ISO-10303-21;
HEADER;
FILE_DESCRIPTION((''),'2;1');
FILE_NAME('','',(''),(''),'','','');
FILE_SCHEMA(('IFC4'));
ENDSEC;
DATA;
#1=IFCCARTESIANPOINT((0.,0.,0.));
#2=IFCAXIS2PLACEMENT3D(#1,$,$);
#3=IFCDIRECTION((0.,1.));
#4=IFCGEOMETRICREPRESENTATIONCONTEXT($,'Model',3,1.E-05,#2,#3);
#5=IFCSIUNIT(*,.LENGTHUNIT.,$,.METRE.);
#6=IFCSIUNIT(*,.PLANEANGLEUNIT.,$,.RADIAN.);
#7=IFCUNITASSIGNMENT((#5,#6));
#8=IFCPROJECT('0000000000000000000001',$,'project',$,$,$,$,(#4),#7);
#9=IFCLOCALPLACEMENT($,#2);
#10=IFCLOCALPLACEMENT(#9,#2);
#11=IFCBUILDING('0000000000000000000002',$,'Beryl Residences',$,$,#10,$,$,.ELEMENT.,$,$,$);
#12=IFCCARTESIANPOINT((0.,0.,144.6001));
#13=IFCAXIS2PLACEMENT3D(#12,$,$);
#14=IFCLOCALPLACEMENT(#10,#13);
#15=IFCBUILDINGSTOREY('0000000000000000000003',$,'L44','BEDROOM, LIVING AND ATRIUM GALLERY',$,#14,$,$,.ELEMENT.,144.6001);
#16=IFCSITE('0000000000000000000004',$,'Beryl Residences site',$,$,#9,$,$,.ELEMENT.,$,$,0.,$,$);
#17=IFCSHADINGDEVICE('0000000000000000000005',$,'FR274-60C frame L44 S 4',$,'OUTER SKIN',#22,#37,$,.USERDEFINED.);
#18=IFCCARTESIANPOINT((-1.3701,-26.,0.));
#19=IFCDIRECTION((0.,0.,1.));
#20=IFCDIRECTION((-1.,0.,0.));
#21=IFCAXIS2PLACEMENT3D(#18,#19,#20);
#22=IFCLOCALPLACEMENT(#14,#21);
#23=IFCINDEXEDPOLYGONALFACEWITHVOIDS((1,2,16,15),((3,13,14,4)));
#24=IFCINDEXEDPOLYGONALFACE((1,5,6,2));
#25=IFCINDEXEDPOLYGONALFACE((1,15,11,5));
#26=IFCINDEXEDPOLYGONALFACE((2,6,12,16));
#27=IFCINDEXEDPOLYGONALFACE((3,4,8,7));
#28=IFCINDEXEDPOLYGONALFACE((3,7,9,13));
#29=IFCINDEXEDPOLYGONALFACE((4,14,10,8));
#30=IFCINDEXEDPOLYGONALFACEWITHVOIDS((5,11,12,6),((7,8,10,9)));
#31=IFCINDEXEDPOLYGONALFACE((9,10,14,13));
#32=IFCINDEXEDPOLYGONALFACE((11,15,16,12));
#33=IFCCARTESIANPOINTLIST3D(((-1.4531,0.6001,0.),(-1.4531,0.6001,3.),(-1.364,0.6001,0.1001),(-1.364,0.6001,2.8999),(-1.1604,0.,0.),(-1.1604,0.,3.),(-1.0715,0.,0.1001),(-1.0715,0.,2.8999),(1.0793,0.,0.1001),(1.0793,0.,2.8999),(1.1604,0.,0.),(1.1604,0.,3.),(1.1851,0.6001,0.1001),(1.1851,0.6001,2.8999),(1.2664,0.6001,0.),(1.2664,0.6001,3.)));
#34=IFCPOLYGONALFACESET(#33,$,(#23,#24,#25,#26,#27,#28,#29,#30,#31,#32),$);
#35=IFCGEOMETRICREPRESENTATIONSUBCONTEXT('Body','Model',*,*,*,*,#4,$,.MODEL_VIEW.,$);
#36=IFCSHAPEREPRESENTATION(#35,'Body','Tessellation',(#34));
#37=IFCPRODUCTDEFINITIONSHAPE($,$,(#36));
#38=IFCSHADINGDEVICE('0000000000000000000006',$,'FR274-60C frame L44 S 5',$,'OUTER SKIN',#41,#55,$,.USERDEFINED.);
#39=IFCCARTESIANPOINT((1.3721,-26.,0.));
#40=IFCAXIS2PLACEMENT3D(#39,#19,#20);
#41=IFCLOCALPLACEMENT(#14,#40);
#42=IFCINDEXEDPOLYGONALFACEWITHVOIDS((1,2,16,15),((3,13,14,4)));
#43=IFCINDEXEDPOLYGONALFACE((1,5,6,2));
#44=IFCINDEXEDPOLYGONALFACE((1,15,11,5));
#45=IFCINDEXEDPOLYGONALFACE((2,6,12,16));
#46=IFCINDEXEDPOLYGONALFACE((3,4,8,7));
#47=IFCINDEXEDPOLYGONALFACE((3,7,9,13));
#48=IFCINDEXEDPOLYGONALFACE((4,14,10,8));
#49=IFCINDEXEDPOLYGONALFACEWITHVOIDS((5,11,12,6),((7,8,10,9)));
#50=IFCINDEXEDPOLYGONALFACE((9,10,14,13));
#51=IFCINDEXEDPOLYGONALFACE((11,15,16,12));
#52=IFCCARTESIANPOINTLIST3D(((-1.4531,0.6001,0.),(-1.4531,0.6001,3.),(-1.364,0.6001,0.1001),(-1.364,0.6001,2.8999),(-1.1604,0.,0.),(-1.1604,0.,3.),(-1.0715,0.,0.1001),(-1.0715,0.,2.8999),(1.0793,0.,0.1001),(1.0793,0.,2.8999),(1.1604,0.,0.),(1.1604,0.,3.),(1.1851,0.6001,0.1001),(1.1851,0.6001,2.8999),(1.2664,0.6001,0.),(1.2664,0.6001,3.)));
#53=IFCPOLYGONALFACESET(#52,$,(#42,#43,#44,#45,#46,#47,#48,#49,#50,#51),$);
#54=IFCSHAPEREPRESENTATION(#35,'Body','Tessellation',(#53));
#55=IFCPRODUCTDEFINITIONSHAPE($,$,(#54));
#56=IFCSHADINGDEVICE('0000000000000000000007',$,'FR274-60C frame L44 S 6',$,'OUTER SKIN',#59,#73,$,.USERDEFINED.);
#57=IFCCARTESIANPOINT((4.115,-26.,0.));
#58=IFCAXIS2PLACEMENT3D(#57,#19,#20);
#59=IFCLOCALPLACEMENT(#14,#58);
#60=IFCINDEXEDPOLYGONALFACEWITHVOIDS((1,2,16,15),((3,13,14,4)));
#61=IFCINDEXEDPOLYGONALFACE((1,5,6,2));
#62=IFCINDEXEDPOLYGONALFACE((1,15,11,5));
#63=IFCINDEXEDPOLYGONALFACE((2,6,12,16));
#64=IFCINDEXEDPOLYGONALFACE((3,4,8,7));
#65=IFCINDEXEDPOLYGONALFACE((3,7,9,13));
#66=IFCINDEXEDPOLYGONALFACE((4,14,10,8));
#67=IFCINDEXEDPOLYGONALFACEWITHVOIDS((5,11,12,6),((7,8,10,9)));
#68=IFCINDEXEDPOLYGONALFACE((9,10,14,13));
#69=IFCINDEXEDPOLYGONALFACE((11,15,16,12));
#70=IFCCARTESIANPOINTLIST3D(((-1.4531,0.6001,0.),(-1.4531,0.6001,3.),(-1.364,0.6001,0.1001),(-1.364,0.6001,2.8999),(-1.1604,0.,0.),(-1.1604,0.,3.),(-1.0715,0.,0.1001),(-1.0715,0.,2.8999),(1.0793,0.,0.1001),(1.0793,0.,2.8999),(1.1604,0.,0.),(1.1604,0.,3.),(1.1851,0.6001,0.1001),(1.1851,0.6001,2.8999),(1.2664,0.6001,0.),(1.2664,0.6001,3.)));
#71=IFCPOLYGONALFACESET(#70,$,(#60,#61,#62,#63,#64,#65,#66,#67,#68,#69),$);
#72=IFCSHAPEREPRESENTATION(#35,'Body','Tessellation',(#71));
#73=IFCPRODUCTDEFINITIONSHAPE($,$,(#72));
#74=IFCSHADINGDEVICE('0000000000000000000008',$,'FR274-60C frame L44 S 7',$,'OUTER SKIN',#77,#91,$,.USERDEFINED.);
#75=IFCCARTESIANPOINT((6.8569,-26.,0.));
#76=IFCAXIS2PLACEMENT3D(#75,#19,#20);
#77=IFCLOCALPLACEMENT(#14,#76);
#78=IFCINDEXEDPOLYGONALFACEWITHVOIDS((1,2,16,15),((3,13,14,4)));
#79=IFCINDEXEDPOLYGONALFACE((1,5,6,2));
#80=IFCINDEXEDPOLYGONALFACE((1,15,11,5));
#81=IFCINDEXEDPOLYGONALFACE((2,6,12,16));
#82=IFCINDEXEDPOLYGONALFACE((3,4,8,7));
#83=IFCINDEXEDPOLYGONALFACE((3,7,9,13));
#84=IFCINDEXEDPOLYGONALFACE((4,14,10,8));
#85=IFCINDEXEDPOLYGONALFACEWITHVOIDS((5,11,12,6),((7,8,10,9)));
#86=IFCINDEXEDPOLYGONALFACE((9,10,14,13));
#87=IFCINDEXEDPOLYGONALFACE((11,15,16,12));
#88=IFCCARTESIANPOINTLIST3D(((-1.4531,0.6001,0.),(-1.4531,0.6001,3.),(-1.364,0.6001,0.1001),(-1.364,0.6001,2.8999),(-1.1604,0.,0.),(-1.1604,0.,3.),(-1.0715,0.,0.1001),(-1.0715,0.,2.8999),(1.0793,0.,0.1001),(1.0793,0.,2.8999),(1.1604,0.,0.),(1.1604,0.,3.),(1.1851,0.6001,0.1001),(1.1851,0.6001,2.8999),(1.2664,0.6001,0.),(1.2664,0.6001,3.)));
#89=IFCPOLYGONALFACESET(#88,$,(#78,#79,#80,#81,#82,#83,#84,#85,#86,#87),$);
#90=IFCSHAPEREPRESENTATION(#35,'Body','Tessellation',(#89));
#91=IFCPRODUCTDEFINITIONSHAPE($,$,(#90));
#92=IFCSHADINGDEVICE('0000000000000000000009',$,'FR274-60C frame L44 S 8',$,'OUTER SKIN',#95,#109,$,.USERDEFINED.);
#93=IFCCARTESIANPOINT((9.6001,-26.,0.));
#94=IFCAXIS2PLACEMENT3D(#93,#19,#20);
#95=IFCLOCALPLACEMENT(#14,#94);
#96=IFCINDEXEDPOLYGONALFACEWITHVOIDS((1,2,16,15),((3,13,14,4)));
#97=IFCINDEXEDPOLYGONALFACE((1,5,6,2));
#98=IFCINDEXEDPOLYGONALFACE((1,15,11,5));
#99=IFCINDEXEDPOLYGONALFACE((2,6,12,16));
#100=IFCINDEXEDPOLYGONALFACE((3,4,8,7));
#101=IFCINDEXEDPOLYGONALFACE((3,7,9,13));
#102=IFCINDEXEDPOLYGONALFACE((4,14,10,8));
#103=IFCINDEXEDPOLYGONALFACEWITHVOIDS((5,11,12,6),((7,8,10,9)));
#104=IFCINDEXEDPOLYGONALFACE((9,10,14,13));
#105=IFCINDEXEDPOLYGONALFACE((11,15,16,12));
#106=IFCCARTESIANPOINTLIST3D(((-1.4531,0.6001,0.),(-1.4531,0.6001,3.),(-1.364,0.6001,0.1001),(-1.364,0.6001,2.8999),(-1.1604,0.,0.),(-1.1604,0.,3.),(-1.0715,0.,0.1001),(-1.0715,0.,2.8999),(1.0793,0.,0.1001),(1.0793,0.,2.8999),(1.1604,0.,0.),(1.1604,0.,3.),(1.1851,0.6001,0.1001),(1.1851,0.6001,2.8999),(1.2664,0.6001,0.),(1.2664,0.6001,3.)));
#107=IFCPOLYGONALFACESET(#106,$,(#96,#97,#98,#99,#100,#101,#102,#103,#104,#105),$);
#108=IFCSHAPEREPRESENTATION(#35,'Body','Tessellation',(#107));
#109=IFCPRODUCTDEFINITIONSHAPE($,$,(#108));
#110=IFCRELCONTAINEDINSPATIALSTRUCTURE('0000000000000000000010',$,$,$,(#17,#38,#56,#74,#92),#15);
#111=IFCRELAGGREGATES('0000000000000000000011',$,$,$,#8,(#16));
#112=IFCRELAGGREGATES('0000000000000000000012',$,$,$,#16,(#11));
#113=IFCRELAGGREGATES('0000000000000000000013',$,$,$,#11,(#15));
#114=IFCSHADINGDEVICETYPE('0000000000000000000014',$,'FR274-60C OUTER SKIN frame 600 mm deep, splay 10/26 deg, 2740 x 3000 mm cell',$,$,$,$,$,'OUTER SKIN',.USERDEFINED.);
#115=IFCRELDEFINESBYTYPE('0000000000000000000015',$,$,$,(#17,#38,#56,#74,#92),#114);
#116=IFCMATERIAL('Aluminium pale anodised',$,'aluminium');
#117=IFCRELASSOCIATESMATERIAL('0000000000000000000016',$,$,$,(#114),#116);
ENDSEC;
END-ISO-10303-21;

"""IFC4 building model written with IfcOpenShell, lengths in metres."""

from ifc_helpers import new_model, entity, si_unit, direction, frame, origin, place, context, subcontext, project, spatial, source, transform, mapped, material, type_object, type_shapes, element, save


model = new_model("IFC4")

# Units and contexts
model_context = context("Model", 3, precision=1e-05, world=origin(), true_north=direction((0.0, 1.0)))
body_context = subcontext(model_context, "Body", "Model", "MODEL_VIEW")
ifc_project = project(units=[si_unit("LENGTHUNIT", "METRE"), si_unit("PLANEANGLEUNIT", "RADIAN")], contexts=[model_context])

# Site, building, storey
site_placement = place(None, origin())
site = spatial("IfcSite", under=ifc_project, at=site_placement, Name="Beryl Residences site", CompositionType="ELEMENT", RefElevation=0.0)
building_placement = place(site_placement, origin())
building = spatial("IfcBuilding", under=site, at=building_placement, Name="Beryl Residences", CompositionType="ELEMENT")
storey_placement = place(building_placement, frame((0.0, 0.0, 144.6001)))
storey = spatial("IfcBuildingStorey", under=building, at=storey_placement, Name="L44", Description="BEDROOM, LIVING AND ATRIUM GALLERY", CompositionType="ELEMENT", Elevation=144.6001)

# Shading devices
ifc_material_1 = material(Name="Aluminium pale anodised", Category="aluminium")
shading_device_type = type_object("IfcShadingDeviceType", Name="FR274-60C OUTER SKIN frame 600 mm deep, splay 10/26 deg, 2740 x 3000 mm cell", ElementType="OUTER SKIN", PredefinedType="USERDEFINED", material=ifc_material_1)
cartesian_point_1 = entity("IfcCartesianPoint", [-1.1604, 0.0])
cartesian_point_2 = entity("IfcCartesianPoint", [-1.0793, 0.1001])
cartesian_point_3 = entity("IfcCartesianPoint", [-1.2664, 0.0])
cartesian_point_4 = entity("IfcCartesianPoint", [-1.1851, 0.1001])
shared_shape_1 = source(origin(), body_context, "Body", "SweptSolid", [
    entity("IfcExtrudedAreaSolidTapered", entity("IfcArbitraryProfileDefWithVoids", "AREA", None, entity("IfcPolyline", [cartesian_point_1, entity("IfcCartesianPoint", [1.1604, 0.0]), entity("IfcCartesianPoint", [1.1604, 3.0]), entity("IfcCartesianPoint", [-1.1604, 3.0]), cartesian_point_1]), [entity("IfcPolyline", [cartesian_point_2, entity("IfcCartesianPoint", [1.0715, 0.1001]), entity("IfcCartesianPoint", [1.0715, 2.8999]), entity("IfcCartesianPoint", [-1.0793, 2.8999]), cartesian_point_2])]), entity("IfcAxis2Placement3D", entity("IfcCartesianPoint", [0.0, 0.0, 0.0]), entity("IfcDirection", [0.0, 1.0, 0.0]), entity("IfcDirection", [-1.0, 0.0, 0.0])), entity("IfcDirection", [0.0, 0.0, 1.0]), 0.6001, entity("IfcArbitraryProfileDefWithVoids", "AREA", None, entity("IfcPolyline", [cartesian_point_3, entity("IfcCartesianPoint", [1.4531, 0.0]), entity("IfcCartesianPoint", [1.4531, 3.0]), entity("IfcCartesianPoint", [-1.2664, 3.0]), cartesian_point_3]), [entity("IfcPolyline", [cartesian_point_4, entity("IfcCartesianPoint", [1.364, 0.1001]), entity("IfcCartesianPoint", [1.364, 2.8999]), entity("IfcCartesianPoint", [-1.1851, 2.8999]), cartesian_point_4])])),
])
type_shapes(shading_device_type, [shared_shape_1])
for number, where, z_axis, x_axis, name in (
    (1, (-1.3701, -26.0, 0.0), (0.0, 0.0, 1.0), (-1.0, 0.0, 0.0), "FR274-60C frame L44 S 4"),
    (2, (1.3721, -26.0, 0.0), (0.0, 0.0, 1.0), (-1.0, 0.0, 0.0), "FR274-60C frame L44 S 5"),
    (3, (4.115, -26.0, 0.0), (0.0, 0.0, 1.0), (-1.0, 0.0, 0.0), "FR274-60C frame L44 S 6"),
    (4, (6.8569, -26.0, 0.0), (0.0, 0.0, 1.0), (-1.0, 0.0, 0.0), "FR274-60C frame L44 S 7"),
    (5, (9.6001, -26.0, 0.0), (0.0, 0.0, 1.0), (-1.0, 0.0, 0.0), "FR274-60C frame L44 S 8"),
):
    element("IfcShadingDevice", number, at=place(storey_placement, frame(where, z_axis=z_axis, x_axis=x_axis)), inside=storey, type_object=shading_device_type, Name=name, ObjectType="OUTER SKIN", PredefinedType="USERDEFINED", context=body_context, shape_type="MappedRepresentation", body=[
        mapped(shared_shape_1, transform((0.0, 0.0, 0.0))),
    ])

save(model, "model.ifc")
